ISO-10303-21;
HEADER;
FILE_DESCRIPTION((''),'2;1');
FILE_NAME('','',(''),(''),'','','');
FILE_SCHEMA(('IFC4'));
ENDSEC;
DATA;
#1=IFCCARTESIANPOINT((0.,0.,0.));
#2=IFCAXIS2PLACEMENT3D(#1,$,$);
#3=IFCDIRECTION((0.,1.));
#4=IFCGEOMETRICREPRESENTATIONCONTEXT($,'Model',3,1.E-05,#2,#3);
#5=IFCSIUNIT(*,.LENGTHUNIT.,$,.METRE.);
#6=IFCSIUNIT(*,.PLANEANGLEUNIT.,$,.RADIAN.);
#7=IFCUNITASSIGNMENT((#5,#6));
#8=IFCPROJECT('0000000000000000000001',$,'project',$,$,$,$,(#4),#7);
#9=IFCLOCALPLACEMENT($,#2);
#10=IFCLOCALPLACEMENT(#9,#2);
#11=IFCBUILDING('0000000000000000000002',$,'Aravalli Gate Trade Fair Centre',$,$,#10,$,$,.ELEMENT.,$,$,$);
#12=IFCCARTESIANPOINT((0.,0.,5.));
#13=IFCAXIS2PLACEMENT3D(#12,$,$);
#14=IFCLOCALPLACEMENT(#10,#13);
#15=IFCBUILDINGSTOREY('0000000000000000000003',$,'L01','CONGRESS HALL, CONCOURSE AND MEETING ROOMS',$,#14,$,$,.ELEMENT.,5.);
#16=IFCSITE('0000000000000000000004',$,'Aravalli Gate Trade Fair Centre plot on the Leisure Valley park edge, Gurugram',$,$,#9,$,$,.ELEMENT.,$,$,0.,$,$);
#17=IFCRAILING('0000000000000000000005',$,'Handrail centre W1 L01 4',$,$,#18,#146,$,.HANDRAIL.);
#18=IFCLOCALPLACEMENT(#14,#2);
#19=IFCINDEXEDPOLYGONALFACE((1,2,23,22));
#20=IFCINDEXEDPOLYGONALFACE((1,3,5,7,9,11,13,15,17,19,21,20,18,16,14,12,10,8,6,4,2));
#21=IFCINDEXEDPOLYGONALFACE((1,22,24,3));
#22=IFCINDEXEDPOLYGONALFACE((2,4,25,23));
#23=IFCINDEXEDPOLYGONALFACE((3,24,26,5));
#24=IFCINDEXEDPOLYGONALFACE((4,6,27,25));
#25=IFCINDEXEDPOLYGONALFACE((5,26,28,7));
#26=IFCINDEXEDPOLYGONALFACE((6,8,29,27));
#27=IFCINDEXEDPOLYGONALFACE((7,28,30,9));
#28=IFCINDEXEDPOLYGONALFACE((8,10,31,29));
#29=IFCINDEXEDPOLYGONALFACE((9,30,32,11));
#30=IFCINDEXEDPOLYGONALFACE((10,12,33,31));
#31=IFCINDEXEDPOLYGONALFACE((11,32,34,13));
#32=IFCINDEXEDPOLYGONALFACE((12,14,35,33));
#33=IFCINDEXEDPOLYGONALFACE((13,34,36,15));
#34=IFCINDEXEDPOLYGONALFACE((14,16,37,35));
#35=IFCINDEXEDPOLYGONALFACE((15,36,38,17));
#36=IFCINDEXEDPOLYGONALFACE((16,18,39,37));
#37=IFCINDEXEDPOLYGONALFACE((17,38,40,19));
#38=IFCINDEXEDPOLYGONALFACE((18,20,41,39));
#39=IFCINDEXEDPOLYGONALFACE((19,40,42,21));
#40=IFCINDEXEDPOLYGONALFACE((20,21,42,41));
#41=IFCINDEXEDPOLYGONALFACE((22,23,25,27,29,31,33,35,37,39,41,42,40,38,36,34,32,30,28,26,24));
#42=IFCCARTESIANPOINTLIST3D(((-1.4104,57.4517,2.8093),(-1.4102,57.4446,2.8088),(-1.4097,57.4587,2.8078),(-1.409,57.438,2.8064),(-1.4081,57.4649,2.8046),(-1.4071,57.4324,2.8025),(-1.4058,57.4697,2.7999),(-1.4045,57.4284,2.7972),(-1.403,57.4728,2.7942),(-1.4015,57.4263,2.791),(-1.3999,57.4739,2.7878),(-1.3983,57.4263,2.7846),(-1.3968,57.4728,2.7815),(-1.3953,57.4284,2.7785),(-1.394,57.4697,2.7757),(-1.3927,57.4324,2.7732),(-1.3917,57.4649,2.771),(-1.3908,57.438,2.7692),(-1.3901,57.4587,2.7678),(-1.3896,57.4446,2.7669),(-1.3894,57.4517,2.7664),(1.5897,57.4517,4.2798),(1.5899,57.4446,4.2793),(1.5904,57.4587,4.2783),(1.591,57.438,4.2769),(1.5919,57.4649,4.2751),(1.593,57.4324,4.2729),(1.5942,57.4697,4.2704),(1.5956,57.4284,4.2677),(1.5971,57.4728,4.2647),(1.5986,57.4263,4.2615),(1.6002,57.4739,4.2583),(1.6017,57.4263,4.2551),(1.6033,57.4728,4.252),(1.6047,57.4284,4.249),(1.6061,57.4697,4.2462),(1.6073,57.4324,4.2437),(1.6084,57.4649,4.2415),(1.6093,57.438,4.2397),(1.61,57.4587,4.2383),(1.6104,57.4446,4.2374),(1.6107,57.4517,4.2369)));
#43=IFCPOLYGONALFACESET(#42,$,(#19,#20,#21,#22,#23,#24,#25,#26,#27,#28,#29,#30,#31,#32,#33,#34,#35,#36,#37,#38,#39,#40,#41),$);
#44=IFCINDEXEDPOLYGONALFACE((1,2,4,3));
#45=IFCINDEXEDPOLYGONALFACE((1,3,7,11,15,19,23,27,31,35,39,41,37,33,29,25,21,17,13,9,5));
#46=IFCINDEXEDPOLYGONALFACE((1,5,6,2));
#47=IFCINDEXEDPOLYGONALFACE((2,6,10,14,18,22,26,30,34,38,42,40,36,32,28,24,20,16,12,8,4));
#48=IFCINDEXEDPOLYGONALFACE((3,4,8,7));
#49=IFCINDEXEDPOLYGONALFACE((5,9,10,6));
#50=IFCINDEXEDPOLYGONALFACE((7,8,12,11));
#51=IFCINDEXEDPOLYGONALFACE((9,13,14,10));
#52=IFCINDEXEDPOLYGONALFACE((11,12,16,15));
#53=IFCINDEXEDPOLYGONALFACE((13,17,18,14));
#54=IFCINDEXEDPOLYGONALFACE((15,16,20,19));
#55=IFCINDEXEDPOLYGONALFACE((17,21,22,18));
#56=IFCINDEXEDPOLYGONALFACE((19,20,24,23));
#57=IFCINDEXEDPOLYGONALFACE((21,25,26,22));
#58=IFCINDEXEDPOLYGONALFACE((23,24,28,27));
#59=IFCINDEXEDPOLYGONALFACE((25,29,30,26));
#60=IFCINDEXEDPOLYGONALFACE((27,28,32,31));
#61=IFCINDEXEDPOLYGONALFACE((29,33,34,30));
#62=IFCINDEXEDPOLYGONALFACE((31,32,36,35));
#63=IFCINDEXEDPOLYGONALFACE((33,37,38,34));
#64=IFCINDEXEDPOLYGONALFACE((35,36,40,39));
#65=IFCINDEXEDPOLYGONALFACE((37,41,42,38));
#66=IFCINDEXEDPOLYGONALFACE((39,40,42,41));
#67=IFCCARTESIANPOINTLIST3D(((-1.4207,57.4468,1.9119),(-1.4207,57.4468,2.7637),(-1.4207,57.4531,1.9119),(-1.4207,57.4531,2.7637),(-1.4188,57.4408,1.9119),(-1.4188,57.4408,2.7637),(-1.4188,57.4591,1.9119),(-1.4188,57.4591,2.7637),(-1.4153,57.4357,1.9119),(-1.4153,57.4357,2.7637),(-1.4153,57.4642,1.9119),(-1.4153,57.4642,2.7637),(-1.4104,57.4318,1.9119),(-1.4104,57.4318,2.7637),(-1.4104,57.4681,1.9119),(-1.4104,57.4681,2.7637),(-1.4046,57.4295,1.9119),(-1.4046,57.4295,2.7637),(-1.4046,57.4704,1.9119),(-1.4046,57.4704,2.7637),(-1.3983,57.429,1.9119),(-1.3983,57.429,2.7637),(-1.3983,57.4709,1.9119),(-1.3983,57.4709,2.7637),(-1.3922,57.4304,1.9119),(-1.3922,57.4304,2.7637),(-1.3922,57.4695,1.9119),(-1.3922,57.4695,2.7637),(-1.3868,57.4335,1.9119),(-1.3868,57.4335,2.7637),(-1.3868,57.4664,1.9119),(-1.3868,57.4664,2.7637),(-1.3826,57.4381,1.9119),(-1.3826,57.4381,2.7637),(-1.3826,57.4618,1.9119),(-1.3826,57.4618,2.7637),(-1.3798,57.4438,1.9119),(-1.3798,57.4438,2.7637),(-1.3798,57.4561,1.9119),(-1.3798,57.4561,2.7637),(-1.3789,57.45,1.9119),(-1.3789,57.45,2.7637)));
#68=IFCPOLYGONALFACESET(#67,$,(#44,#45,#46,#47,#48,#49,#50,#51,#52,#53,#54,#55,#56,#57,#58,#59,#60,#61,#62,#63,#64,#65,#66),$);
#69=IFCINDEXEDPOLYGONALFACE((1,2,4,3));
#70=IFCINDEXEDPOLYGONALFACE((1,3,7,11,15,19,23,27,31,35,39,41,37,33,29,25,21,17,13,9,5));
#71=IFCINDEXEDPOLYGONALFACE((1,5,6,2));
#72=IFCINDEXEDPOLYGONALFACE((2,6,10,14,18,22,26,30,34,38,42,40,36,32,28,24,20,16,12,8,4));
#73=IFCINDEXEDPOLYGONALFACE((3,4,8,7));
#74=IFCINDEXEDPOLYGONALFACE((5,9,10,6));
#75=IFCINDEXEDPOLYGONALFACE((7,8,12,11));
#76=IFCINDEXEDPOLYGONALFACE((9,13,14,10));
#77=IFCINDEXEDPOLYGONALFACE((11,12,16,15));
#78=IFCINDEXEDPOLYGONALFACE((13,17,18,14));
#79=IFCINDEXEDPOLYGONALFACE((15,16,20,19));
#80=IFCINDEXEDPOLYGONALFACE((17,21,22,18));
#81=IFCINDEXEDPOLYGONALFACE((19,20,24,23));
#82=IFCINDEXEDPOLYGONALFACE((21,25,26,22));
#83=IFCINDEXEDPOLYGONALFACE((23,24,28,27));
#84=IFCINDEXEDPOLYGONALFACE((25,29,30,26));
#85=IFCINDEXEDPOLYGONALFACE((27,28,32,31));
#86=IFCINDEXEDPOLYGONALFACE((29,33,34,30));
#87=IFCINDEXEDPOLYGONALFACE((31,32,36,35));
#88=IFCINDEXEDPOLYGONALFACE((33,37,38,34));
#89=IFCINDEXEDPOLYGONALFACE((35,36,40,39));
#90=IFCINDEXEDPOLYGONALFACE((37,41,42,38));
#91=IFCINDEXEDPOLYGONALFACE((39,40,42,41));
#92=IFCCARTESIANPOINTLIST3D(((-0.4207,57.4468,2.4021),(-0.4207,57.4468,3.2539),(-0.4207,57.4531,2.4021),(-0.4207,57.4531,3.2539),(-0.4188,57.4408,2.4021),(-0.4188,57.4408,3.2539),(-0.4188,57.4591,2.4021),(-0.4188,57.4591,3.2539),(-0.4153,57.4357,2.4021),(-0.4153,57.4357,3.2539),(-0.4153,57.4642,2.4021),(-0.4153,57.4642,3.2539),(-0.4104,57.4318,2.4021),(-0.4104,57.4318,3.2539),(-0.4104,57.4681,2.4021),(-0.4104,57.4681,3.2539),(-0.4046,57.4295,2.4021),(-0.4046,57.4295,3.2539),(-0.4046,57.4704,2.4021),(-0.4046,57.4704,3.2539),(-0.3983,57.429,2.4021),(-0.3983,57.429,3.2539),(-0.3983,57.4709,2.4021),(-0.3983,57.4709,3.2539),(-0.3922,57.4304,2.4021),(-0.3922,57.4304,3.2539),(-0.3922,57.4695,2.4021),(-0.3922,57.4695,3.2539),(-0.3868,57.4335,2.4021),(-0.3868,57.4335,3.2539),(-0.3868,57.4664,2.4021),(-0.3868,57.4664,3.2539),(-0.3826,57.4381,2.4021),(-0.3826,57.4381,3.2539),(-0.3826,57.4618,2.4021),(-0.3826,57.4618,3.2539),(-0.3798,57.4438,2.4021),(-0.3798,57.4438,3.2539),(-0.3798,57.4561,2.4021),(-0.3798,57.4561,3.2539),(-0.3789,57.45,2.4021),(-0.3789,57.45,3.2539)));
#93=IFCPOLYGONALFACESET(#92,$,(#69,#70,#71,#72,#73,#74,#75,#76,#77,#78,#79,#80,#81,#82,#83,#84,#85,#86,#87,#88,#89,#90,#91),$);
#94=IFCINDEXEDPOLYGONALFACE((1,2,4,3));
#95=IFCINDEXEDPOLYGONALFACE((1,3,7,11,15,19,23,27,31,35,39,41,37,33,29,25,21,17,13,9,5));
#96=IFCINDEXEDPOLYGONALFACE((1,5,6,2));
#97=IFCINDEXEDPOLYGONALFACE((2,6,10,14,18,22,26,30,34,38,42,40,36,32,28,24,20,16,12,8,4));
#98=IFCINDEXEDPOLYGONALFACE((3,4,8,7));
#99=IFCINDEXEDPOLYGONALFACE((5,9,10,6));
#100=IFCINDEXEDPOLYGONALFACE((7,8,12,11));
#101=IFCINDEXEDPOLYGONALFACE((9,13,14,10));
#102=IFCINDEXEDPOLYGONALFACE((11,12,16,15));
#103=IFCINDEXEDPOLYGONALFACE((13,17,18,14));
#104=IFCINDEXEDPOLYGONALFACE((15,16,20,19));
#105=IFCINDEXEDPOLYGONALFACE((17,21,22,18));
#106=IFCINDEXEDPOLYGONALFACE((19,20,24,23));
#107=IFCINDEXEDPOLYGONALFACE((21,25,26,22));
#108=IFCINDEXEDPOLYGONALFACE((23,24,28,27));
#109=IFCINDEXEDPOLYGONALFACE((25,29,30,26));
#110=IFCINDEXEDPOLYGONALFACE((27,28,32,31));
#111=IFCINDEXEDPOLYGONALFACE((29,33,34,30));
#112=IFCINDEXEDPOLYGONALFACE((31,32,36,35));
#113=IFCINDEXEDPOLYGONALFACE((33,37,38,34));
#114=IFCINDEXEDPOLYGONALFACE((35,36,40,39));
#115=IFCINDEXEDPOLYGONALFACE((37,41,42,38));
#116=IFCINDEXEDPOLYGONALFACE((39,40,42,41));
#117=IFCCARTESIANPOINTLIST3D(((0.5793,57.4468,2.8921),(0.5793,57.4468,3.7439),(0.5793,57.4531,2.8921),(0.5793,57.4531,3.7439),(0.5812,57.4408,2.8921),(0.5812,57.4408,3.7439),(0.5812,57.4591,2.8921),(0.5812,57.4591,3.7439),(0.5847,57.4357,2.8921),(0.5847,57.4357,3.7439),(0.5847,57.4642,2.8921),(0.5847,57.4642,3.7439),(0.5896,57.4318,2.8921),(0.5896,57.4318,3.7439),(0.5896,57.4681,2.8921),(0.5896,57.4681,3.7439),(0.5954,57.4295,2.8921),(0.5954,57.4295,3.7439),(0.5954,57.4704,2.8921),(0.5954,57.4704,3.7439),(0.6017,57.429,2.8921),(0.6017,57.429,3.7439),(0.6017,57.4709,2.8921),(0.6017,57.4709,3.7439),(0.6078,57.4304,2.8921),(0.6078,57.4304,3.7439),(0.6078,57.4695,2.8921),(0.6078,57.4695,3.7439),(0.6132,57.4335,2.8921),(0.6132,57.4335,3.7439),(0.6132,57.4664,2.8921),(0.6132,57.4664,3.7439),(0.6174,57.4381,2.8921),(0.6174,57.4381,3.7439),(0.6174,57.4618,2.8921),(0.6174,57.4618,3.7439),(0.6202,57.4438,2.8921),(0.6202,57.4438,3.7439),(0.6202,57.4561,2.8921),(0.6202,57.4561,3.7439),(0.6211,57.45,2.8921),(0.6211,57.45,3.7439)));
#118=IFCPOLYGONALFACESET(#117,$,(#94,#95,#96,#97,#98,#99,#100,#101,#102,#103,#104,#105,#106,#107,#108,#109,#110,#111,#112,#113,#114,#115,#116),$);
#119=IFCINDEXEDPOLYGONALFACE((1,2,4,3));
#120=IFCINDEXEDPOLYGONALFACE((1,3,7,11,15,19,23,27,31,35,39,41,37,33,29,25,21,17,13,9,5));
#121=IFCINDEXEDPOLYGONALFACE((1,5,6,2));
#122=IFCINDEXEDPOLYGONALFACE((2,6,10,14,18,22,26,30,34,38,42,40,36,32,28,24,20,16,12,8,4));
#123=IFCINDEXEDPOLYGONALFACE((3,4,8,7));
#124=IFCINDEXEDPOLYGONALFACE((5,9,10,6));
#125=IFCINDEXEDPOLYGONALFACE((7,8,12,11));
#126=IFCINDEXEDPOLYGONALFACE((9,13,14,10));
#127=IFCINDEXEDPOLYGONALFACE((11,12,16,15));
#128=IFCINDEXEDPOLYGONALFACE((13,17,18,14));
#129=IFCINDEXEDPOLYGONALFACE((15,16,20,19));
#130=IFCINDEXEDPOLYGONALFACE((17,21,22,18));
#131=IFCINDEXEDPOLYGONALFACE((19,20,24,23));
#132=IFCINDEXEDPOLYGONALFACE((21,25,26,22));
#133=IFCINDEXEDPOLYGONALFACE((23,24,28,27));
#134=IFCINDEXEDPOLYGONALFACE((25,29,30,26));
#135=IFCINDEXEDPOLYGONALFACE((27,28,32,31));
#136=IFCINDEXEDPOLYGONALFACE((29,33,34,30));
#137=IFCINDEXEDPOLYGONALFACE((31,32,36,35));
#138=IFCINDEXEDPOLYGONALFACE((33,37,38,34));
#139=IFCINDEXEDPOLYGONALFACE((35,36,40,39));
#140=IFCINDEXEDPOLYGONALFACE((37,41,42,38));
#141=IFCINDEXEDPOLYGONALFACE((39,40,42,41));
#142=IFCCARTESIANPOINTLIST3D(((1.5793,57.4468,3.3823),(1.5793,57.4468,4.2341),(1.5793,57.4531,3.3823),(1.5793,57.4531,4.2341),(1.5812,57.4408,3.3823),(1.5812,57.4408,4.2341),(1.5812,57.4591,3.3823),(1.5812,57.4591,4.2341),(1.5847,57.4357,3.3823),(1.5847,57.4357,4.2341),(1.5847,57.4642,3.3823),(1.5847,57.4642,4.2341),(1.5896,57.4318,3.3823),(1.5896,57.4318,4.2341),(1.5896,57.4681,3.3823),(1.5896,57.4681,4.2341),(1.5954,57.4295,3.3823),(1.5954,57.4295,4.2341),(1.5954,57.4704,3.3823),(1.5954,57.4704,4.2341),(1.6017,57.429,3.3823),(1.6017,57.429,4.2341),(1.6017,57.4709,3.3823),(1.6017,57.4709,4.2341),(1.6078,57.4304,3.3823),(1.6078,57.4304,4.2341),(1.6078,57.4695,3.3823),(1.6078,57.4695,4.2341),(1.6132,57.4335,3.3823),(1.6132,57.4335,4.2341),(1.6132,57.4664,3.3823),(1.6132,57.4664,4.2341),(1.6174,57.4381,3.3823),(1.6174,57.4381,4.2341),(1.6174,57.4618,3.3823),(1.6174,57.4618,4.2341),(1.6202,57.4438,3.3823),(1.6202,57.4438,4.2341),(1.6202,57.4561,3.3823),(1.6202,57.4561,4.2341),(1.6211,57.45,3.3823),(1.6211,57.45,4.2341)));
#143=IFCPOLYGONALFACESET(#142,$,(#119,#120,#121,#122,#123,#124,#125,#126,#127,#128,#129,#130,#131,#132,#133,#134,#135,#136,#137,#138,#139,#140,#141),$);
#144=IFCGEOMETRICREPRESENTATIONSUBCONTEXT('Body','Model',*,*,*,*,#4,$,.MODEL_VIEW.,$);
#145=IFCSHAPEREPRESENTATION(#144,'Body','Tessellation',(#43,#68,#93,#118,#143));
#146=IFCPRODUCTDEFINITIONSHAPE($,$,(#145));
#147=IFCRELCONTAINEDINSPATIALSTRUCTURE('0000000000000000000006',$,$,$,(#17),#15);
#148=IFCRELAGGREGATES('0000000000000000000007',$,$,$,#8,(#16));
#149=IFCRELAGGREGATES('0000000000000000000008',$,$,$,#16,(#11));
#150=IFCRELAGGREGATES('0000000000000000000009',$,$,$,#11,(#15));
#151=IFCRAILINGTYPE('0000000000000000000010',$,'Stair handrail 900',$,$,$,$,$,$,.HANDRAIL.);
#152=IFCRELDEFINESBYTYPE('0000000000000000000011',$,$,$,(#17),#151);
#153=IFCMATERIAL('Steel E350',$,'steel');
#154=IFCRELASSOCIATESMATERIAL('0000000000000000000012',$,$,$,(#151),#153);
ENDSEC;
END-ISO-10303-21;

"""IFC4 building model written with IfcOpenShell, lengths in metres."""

from ifc_helpers import new_model, si_unit, direction, frame, origin, origin_2d, place, context, subcontext, project, spatial, circle, extrude, material, type_object, element, save


model = new_model("IFC4")

# Units and contexts
model_context = context("Model", 3, precision=1e-05, world=origin(), true_north=direction((0.0, 1.0)))
body_context = subcontext(model_context, "Body", "Model", "MODEL_VIEW")
ifc_project = project(units=[si_unit("LENGTHUNIT", "METRE"), si_unit("PLANEANGLEUNIT", "RADIAN")], contexts=[model_context])

# Site, building, storey
site_placement = place(None, origin())
site = spatial("IfcSite", under=ifc_project, at=site_placement, Name="Aravalli Gate Trade Fair Centre plot on the Leisure Valley park edge, Gurugram", CompositionType="ELEMENT", RefElevation=0.0)
building_placement = place(site_placement, origin())
building = spatial("IfcBuilding", under=site, at=building_placement, Name="Aravalli Gate Trade Fair Centre", CompositionType="ELEMENT")
storey_placement = place(building_placement, frame((0.0, 0.0, 5.0)))
storey = spatial("IfcBuildingStorey", under=building, at=storey_placement, Name="L01", Description="CONGRESS HALL, CONCOURSE AND MEETING ROOMS", CompositionType="ELEMENT", Elevation=5.0)

# Railing
ifc_material_1 = material(Name="Steel E350", Category="steel")
railing_type = type_object("IfcRailingType", Name="Stair handrail 900", PredefinedType="HANDRAIL", material=ifc_material_1)
for number, where, name in (
    (1, (-1.3999, 57.45, 1.9119), "Handrail centre W1 L01 4"),
):
    element("IfcRailing", number, at=place(storey_placement, frame(where)), inside=storey, type_object=railing_type, Name=name, PredefinedType="HANDRAIL", context=body_context, shape_type="SweptSolid", body=[
        extrude(circle(Radius=0.0239, at=origin_2d()), frame((0.0, 0.0, 0.876), z_axis=(0.897936, 0.0, 0.440126), x_axis=(0.0, 1.0, 0.0)), (0.0, 0.0, 1.0), 3.3411),
        extrude(circle(Radius=0.021, at=origin_2d()), origin(), (0.0, 0.0, 1.0), 0.8518),
        extrude(circle(Radius=0.021, at=origin_2d()), frame((1.0, 0.0, 0.4902)), (0.0, 0.0, 1.0), 0.8518),
        extrude(circle(Radius=0.021, at=origin_2d()), frame((2.0, 0.0, 0.9802)), (0.0, 0.0, 1.0), 0.8518),
        extrude(circle(Radius=0.021, at=origin_2d()), frame((3.0, 0.0, 1.4705)), (0.0, 0.0, 1.0), 0.8518),
    ])

save(model, "model.ifc")
